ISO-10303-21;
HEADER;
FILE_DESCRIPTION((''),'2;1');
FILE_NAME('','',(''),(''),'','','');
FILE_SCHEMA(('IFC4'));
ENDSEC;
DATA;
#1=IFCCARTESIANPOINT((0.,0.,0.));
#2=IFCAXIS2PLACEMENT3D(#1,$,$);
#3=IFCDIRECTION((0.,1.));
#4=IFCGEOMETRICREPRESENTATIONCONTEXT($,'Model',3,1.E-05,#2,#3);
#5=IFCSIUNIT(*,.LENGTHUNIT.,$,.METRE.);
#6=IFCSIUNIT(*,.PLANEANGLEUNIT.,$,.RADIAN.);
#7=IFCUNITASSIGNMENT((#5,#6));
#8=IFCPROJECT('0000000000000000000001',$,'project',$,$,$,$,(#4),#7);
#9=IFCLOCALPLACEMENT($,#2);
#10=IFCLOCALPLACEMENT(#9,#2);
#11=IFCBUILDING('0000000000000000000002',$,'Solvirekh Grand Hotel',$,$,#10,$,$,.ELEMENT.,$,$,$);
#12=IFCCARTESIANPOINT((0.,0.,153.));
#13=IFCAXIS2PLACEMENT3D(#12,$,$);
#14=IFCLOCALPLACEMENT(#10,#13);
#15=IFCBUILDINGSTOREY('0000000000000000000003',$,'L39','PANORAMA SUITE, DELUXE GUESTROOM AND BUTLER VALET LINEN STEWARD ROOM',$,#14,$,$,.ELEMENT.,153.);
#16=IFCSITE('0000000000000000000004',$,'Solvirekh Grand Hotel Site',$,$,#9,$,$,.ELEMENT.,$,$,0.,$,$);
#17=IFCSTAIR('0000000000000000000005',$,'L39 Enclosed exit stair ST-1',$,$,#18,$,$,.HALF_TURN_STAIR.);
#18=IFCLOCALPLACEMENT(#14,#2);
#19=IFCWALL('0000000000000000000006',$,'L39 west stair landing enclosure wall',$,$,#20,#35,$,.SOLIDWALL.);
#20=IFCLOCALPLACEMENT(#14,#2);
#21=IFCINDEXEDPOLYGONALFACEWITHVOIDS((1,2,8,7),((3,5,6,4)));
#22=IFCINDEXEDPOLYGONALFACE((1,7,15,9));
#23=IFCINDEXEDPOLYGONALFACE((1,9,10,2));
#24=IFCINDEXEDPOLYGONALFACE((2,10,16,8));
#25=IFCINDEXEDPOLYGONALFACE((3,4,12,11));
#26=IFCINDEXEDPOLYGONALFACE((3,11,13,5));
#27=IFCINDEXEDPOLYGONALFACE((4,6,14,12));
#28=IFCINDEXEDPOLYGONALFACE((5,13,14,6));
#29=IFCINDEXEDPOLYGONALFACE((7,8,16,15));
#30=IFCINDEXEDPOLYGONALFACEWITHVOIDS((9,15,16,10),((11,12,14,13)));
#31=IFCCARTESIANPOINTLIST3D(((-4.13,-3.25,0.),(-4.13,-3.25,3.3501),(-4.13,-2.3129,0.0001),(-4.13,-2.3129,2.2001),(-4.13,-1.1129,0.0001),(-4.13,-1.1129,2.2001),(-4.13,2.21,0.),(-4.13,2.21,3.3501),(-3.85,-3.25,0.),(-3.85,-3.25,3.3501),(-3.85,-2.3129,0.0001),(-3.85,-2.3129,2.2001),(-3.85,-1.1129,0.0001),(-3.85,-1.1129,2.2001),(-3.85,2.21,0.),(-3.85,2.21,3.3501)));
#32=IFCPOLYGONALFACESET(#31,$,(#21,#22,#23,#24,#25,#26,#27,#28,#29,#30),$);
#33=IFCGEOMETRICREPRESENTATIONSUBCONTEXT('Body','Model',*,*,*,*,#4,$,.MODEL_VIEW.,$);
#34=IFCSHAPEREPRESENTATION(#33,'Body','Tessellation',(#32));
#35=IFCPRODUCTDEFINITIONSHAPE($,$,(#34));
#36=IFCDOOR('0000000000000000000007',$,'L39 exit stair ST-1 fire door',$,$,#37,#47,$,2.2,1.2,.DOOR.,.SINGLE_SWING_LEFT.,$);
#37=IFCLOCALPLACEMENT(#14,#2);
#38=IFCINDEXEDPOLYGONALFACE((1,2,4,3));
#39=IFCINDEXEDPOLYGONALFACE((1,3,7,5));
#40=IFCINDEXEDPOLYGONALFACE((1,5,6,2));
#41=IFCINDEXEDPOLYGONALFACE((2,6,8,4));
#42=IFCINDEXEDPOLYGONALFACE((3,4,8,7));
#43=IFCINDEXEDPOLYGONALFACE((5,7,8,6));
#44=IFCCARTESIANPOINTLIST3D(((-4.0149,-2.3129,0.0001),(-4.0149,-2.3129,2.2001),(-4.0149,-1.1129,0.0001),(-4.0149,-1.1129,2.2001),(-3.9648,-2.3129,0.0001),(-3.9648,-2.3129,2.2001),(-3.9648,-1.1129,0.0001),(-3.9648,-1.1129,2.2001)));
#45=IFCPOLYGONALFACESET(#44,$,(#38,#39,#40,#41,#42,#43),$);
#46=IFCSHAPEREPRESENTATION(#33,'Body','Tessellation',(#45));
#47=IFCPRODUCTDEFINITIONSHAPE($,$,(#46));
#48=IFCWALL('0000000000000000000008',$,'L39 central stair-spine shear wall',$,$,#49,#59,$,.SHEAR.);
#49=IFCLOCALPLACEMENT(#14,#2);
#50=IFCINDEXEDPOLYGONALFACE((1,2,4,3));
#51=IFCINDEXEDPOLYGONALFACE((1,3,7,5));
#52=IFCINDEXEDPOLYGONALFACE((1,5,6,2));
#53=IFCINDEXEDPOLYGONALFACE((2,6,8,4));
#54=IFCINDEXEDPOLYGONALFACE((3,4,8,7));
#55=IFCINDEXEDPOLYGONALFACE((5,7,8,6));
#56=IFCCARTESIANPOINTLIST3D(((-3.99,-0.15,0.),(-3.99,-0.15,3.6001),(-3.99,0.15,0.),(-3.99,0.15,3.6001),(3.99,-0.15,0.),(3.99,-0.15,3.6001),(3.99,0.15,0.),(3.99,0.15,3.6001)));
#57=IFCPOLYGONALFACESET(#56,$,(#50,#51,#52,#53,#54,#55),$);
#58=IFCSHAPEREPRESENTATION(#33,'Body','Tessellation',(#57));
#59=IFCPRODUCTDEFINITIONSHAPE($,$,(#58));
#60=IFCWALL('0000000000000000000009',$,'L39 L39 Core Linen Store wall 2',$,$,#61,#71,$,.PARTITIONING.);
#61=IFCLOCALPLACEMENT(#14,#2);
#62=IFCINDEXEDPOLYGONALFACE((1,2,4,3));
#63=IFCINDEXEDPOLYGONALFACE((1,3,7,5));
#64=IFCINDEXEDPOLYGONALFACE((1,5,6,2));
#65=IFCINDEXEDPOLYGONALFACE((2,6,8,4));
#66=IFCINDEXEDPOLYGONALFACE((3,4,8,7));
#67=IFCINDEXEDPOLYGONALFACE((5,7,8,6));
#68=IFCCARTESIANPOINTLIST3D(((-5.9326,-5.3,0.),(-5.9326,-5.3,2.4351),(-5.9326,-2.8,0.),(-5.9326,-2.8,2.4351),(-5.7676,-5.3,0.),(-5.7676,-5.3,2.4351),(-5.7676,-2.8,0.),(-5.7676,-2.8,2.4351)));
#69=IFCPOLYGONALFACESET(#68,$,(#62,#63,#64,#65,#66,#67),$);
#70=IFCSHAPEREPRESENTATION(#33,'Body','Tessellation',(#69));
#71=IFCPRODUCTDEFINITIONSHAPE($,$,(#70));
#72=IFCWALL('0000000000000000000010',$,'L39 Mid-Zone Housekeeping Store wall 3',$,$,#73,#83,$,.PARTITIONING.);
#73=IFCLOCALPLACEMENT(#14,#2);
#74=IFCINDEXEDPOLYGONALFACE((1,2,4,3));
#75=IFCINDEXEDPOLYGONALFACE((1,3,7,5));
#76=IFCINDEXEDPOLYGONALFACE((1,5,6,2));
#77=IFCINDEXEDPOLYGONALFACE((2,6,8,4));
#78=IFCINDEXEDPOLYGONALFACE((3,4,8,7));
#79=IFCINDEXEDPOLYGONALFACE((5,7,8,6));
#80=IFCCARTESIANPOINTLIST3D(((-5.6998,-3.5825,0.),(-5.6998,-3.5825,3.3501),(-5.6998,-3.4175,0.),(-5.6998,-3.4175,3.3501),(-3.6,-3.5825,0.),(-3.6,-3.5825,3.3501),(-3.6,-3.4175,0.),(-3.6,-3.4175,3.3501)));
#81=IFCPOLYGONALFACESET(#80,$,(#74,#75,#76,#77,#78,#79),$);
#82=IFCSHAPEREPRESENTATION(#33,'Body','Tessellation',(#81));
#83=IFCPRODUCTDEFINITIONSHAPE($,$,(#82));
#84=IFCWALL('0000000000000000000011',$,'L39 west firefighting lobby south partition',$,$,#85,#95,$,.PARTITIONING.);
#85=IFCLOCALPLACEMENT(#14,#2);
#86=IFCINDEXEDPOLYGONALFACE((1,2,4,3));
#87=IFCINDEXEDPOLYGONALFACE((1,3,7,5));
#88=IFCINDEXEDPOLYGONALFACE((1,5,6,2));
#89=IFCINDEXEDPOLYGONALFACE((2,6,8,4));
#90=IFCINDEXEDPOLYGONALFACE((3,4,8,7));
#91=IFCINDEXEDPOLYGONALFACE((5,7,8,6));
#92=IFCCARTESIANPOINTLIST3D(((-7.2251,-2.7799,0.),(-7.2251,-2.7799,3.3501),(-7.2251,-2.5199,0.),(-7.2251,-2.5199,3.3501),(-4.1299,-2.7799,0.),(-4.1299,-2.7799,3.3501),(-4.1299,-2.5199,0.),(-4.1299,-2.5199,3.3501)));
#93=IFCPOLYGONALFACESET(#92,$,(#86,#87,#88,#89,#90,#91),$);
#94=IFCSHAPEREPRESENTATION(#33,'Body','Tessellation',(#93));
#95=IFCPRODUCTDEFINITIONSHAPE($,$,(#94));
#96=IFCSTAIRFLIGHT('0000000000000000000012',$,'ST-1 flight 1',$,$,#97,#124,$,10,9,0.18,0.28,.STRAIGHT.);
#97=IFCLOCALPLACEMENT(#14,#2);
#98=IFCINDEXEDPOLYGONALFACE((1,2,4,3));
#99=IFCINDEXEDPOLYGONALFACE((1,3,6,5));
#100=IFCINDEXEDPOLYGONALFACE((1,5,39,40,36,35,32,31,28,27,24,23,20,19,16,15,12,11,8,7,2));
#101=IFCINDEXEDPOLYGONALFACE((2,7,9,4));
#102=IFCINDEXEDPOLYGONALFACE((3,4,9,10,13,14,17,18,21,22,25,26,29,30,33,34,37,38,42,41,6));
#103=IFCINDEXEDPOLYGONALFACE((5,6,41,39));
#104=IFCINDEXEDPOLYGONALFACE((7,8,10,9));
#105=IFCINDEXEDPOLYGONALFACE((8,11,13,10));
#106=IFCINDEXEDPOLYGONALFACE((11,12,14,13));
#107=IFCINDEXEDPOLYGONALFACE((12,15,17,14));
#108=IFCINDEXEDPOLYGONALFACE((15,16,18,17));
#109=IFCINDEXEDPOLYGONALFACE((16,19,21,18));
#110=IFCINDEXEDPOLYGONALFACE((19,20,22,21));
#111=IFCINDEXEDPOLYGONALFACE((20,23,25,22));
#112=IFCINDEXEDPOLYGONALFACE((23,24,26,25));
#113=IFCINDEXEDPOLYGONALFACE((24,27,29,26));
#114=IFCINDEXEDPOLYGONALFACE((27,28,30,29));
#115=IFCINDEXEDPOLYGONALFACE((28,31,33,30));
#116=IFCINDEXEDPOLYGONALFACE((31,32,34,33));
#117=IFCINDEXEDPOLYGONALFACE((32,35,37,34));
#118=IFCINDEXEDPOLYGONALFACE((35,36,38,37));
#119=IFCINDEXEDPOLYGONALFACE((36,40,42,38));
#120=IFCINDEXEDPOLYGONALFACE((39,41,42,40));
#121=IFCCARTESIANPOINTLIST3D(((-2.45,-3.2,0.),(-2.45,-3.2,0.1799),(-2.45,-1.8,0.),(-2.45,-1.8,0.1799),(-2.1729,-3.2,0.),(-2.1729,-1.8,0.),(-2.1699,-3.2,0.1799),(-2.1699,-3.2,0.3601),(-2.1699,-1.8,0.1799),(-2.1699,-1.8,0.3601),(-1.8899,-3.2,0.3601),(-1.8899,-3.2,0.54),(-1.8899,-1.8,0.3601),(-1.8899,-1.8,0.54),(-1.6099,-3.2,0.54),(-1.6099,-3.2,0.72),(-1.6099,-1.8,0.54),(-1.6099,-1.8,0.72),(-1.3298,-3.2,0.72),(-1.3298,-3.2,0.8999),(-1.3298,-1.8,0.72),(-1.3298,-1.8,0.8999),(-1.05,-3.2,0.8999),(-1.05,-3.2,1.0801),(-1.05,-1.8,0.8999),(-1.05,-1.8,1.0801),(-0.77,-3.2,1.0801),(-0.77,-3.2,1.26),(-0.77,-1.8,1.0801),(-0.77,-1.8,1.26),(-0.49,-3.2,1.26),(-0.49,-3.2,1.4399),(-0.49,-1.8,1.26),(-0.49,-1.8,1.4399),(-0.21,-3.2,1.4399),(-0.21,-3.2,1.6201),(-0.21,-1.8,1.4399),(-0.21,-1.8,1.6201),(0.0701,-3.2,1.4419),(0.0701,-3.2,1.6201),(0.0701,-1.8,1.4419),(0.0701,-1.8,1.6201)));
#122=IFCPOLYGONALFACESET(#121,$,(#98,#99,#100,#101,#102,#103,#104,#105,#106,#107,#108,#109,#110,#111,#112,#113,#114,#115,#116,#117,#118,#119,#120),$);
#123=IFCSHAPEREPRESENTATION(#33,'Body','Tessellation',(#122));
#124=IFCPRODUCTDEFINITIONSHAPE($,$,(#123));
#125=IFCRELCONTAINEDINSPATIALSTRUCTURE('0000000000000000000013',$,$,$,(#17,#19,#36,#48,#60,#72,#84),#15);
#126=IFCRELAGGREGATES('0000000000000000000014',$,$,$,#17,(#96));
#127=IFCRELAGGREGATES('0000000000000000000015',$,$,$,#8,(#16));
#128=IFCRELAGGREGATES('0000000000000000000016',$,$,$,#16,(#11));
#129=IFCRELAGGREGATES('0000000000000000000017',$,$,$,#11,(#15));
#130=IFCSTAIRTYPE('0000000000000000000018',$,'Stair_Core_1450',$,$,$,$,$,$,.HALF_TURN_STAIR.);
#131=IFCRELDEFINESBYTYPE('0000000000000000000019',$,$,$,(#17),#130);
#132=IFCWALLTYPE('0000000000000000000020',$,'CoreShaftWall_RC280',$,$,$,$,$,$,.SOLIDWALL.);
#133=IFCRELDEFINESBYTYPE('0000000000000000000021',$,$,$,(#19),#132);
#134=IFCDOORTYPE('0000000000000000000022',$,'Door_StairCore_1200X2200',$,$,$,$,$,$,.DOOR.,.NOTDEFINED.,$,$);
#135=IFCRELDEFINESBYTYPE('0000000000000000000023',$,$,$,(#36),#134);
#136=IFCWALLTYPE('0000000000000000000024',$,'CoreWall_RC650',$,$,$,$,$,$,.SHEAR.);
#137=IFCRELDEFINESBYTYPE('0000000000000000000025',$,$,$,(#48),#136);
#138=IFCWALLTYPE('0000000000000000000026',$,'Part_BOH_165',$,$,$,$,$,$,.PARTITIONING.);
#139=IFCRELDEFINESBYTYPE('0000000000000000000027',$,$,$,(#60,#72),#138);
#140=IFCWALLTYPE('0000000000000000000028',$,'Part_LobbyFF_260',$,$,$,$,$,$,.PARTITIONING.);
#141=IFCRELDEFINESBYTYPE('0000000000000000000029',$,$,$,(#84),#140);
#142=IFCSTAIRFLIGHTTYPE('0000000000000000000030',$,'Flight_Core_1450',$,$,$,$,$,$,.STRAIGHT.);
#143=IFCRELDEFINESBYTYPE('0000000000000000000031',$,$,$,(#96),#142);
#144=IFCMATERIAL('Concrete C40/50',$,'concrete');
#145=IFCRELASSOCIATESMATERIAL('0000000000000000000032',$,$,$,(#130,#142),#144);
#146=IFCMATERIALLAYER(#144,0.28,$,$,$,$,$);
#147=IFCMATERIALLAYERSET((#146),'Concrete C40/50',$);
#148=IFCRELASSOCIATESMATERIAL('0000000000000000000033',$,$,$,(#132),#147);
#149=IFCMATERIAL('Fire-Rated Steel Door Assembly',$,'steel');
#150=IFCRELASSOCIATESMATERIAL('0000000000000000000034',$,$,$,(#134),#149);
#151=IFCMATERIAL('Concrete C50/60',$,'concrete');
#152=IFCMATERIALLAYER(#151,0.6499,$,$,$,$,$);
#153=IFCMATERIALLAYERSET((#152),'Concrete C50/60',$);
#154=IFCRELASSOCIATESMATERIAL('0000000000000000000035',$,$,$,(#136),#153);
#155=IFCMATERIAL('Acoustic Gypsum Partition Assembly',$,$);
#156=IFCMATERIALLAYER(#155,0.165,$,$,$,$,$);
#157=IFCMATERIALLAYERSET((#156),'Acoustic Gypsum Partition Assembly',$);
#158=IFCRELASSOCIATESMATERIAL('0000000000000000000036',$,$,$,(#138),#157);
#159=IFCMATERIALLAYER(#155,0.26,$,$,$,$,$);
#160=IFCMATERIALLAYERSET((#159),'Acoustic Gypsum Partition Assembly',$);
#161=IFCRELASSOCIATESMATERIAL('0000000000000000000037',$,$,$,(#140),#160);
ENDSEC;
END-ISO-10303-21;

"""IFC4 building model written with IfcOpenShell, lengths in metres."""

from ifc_helpers import new_model, si_unit, direction, frame, frame_2d, origin, place, context, subcontext, project, spatial, polyline, rectangle, outline, extrude, material, layer, layer_set, type_object, element, fill, aggregate, save


model = new_model("IFC4")

# Units and contexts
model_context = context("Model", 3, precision=1e-05, world=origin(), true_north=direction((0.0, 1.0)))
body_context = subcontext(model_context, "Body", "Model", "MODEL_VIEW")
ifc_project = project(units=[si_unit("LENGTHUNIT", "METRE"), si_unit("PLANEANGLEUNIT", "RADIAN")], contexts=[model_context])

# Site, building, storey
site_placement = place(None, origin())
site = spatial("IfcSite", under=ifc_project, at=site_placement, Name="Solvirekh Grand Hotel Site", CompositionType="ELEMENT", RefElevation=0.0)
building_placement = place(site_placement, origin())
building = spatial("IfcBuilding", under=site, at=building_placement, Name="Solvirekh Grand Hotel", CompositionType="ELEMENT")
storey_placement = place(building_placement, frame((0.0, 0.0, 153.0)))
storey = spatial("IfcBuildingStorey", under=building, at=storey_placement, Name="L39", Description="PANORAMA SUITE, DELUXE GUESTROOM AND BUTLER VALET LINEN STEWARD ROOM", CompositionType="ELEMENT", Elevation=153.0)

# Shared definitions
ifc_material_1 = material(Name="Concrete C50/60", Category="concrete")

# Stair
ifc_material_2 = material(Name="Concrete C40/50", Category="concrete")
stair_type = type_object("IfcStairType", Name="Stair_Core_1450", PredefinedType="HALF_TURN_STAIR", material=ifc_material_2)
stair_1_placement = place(storey_placement, origin())
stair_1 = element("IfcStair", 1, at=stair_1_placement, inside=storey, type_object=stair_type, Name="L39 Enclosed exit stair ST-1", PredefinedType="HALF_TURN_STAIR")

# Shared definitions
ifc_layer_1 = layer(ifc_material_2, 0.28)
ifc_layer_set_1 = layer_set([ifc_layer_1], Name="Concrete C40/50")
wall_type_1 = type_object("IfcWallType", Name="CoreShaftWall_RC280", PredefinedType="SOLIDWALL", material=ifc_layer_set_1)

# Wall, opening, door
wall_1_placement = place(storey_placement, frame((-3.99, -3.25, 0.0), z_axis=(0.0, 0.0, 1.0), x_axis=(0.0, 1.0, 0.0)))
wall_1 = element("IfcWall", 2, at=wall_1_placement, inside=storey, type_object=wall_type_1, Name="L39 west stair landing enclosure wall", PredefinedType="SOLIDWALL", context=body_context, shape_type="SweptSolid", body=[
    extrude(rectangle(XDim=5.46, YDim=0.28, at=frame_2d((2.73, 0.0))), origin(), (0.0, 0.0, 1.0), 3.3501),
])
opening_placement = place(wall_1_placement, frame((0.937, 0.0, 0.0)))
opening = element("IfcOpeningElement", 3, at=opening_placement, cuts=wall_1, PredefinedType="OPENING", context=body_context, shape_type="SweptSolid", body=[
    extrude(rectangle(XDim=1.2, YDim=2.2, at=frame_2d((0.6001, 1.1001))), frame((0.0, 0.1499, 0.0), z_axis=(0.0, -1.0, 0.0), x_axis=(1.0, 0.0, 0.0)), (0.0, 0.0, 1.0), 0.3),
])
ifc_material_3 = material(Name="Fire-Rated Steel Door Assembly", Category="steel")
door_type = type_object("IfcDoorType", Name="Door_StairCore_1200X2200", OperationType="NOTDEFINED", PredefinedType="DOOR", material=ifc_material_3)
door_placement = place(opening_placement, origin())
door = element("IfcDoor", 4, at=door_placement, inside=storey, type_object=door_type, Name="L39 exit stair ST-1 fire door", OperationType="SINGLE_SWING_LEFT", OverallHeight=2.2, OverallWidth=1.2, PredefinedType="DOOR", context=body_context, shape_type="SweptSolid", body=[
    extrude(rectangle(XDim=1.2, YDim=2.2, at=frame_2d((0.6001, 1.1001))), frame((0.0, 0.0249, 0.0), z_axis=(0.0, -1.0, 0.0), x_axis=(1.0, 0.0, 0.0)), (0.0, 0.0, 1.0), 0.05),
])
fill(opening, door)

# Walls
ifc_layer_2 = layer(ifc_material_1, 0.6499)
ifc_layer_set_2 = layer_set([ifc_layer_2], Name="Concrete C50/60")
wall_type_2 = type_object("IfcWallType", Name="CoreWall_RC650", PredefinedType="SHEAR", material=ifc_layer_set_2)
wall_2_placement = place(storey_placement, frame((-3.99, 0.0, 0.0), z_axis=(0.0, 0.0, 1.0), x_axis=(1.0, 0.0, 0.0)))
element("IfcWall", 5, at=wall_2_placement, inside=storey, type_object=wall_type_2, Name="L39 central stair-spine shear wall", PredefinedType="SHEAR", context=body_context, shape_type="SweptSolid", body=[
    extrude(rectangle(XDim=7.98, YDim=0.3, at=frame_2d((3.99, 0.0))), origin(), (0.0, 0.0, 1.0), 3.6001),
])
ifc_material_4 = material(Name="Acoustic Gypsum Partition Assembly")
ifc_layer_3 = layer(ifc_material_4, 0.165)
ifc_layer_set_3 = layer_set([ifc_layer_3], Name="Acoustic Gypsum Partition Assembly")
wall_type_3 = type_object("IfcWallType", Name="Part_BOH_165", PredefinedType="PARTITIONING", material=ifc_layer_set_3)
wall_3_placement = place(storey_placement, frame((-5.8501, -5.3, 0.0), z_axis=(0.0, 0.0, 1.0), x_axis=(0.0, 1.0, 0.0)))
element("IfcWall", 6, at=wall_3_placement, inside=storey, type_object=wall_type_3, Name="L39 L39 Core Linen Store wall 2", PredefinedType="PARTITIONING", context=body_context, shape_type="SweptSolid", body=[
    extrude(rectangle(XDim=2.5, YDim=0.165, at=frame_2d((1.25, 0.0))), origin(), (0.0, 0.0, 1.0), 2.4351),
])
wall_4_placement = place(storey_placement, frame((-3.6001, -3.5, 0.0), z_axis=(0.0, 0.0, 1.0), x_axis=(-1.0, 0.0, 0.0)))
element("IfcWall", 7, at=wall_4_placement, inside=storey, type_object=wall_type_3, Name="L39 Mid-Zone Housekeeping Store wall 3", PredefinedType="PARTITIONING", context=body_context, shape_type="SweptSolid", body=[
    extrude(rectangle(XDim=2.0999, YDim=0.165, at=frame_2d((1.0498, 0.0))), origin(), (0.0, 0.0, 1.0), 3.3501),
])
ifc_layer_4 = layer(ifc_material_4, 0.26)
ifc_layer_set_4 = layer_set([ifc_layer_4], Name="Acoustic Gypsum Partition Assembly")
wall_type_4 = type_object("IfcWallType", Name="Part_LobbyFF_260", PredefinedType="PARTITIONING", material=ifc_layer_set_4)
wall_5_placement = place(storey_placement, frame((-7.2251, -2.6499, 0.0), z_axis=(0.0, 0.0, 1.0), x_axis=(1.0, 0.0, 0.0)))
element("IfcWall", 8, at=wall_5_placement, inside=storey, type_object=wall_type_4, Name="L39 west firefighting lobby south partition", PredefinedType="PARTITIONING", context=body_context, shape_type="SweptSolid", body=[
    extrude(rectangle(XDim=3.0952, YDim=0.26, at=frame_2d((1.5476, 0.0))), origin(), (0.0, 0.0, 1.0), 3.3501),
])

# Stair flight
stair_flight_type = type_object("IfcStairFlightType", Name="Flight_Core_1450", PredefinedType="STRAIGHT", material=ifc_material_2)
stair_flight_placement = place(storey_placement, frame((-2.45, -2.5, 0.0), z_axis=(0.0, 0.0, 1.0), x_axis=(1.0, 0.0, 0.0)))
stair_flight = element("IfcStairFlight", 9, at=stair_flight_placement, type_object=stair_flight_type, Name="ST-1 flight 1", NumberOfRisers=10, NumberOfTreads=9, PredefinedType="STRAIGHT", RiserHeight=0.18, TreadLength=0.28, context=body_context, shape_type="SweptSolid", body=[
    extrude(outline(polyline([(0.0, 0.0), (0.0, 0.1799), (0.28, 0.1799), (0.28, 0.3601), (0.5601, 0.3601), (0.5601, 0.54), (0.8401, 0.54), (0.8401, 0.72), (1.1201, 0.72), (1.1201, 0.8999), (1.3999, 0.8999), (1.3999, 1.0801), (1.6799, 1.0801), (1.6799, 1.26), (1.96, 1.26), (1.96, 1.4399), (2.24, 1.4399), (2.24, 1.6201), (2.52, 1.6201), (2.52, 1.8), (2.52, 1.4419), (0.2771, 0.0), (0.0, 0.0)])), frame((0.0, 0.7, 0.0), z_axis=(0.0, -1.0, 0.0), x_axis=(1.0, 0.0, 0.0)), (0.0, 0.0, 1.0), 1.3999),
])
aggregate(stair_1, [stair_flight])

save(model, "model.ifc")
